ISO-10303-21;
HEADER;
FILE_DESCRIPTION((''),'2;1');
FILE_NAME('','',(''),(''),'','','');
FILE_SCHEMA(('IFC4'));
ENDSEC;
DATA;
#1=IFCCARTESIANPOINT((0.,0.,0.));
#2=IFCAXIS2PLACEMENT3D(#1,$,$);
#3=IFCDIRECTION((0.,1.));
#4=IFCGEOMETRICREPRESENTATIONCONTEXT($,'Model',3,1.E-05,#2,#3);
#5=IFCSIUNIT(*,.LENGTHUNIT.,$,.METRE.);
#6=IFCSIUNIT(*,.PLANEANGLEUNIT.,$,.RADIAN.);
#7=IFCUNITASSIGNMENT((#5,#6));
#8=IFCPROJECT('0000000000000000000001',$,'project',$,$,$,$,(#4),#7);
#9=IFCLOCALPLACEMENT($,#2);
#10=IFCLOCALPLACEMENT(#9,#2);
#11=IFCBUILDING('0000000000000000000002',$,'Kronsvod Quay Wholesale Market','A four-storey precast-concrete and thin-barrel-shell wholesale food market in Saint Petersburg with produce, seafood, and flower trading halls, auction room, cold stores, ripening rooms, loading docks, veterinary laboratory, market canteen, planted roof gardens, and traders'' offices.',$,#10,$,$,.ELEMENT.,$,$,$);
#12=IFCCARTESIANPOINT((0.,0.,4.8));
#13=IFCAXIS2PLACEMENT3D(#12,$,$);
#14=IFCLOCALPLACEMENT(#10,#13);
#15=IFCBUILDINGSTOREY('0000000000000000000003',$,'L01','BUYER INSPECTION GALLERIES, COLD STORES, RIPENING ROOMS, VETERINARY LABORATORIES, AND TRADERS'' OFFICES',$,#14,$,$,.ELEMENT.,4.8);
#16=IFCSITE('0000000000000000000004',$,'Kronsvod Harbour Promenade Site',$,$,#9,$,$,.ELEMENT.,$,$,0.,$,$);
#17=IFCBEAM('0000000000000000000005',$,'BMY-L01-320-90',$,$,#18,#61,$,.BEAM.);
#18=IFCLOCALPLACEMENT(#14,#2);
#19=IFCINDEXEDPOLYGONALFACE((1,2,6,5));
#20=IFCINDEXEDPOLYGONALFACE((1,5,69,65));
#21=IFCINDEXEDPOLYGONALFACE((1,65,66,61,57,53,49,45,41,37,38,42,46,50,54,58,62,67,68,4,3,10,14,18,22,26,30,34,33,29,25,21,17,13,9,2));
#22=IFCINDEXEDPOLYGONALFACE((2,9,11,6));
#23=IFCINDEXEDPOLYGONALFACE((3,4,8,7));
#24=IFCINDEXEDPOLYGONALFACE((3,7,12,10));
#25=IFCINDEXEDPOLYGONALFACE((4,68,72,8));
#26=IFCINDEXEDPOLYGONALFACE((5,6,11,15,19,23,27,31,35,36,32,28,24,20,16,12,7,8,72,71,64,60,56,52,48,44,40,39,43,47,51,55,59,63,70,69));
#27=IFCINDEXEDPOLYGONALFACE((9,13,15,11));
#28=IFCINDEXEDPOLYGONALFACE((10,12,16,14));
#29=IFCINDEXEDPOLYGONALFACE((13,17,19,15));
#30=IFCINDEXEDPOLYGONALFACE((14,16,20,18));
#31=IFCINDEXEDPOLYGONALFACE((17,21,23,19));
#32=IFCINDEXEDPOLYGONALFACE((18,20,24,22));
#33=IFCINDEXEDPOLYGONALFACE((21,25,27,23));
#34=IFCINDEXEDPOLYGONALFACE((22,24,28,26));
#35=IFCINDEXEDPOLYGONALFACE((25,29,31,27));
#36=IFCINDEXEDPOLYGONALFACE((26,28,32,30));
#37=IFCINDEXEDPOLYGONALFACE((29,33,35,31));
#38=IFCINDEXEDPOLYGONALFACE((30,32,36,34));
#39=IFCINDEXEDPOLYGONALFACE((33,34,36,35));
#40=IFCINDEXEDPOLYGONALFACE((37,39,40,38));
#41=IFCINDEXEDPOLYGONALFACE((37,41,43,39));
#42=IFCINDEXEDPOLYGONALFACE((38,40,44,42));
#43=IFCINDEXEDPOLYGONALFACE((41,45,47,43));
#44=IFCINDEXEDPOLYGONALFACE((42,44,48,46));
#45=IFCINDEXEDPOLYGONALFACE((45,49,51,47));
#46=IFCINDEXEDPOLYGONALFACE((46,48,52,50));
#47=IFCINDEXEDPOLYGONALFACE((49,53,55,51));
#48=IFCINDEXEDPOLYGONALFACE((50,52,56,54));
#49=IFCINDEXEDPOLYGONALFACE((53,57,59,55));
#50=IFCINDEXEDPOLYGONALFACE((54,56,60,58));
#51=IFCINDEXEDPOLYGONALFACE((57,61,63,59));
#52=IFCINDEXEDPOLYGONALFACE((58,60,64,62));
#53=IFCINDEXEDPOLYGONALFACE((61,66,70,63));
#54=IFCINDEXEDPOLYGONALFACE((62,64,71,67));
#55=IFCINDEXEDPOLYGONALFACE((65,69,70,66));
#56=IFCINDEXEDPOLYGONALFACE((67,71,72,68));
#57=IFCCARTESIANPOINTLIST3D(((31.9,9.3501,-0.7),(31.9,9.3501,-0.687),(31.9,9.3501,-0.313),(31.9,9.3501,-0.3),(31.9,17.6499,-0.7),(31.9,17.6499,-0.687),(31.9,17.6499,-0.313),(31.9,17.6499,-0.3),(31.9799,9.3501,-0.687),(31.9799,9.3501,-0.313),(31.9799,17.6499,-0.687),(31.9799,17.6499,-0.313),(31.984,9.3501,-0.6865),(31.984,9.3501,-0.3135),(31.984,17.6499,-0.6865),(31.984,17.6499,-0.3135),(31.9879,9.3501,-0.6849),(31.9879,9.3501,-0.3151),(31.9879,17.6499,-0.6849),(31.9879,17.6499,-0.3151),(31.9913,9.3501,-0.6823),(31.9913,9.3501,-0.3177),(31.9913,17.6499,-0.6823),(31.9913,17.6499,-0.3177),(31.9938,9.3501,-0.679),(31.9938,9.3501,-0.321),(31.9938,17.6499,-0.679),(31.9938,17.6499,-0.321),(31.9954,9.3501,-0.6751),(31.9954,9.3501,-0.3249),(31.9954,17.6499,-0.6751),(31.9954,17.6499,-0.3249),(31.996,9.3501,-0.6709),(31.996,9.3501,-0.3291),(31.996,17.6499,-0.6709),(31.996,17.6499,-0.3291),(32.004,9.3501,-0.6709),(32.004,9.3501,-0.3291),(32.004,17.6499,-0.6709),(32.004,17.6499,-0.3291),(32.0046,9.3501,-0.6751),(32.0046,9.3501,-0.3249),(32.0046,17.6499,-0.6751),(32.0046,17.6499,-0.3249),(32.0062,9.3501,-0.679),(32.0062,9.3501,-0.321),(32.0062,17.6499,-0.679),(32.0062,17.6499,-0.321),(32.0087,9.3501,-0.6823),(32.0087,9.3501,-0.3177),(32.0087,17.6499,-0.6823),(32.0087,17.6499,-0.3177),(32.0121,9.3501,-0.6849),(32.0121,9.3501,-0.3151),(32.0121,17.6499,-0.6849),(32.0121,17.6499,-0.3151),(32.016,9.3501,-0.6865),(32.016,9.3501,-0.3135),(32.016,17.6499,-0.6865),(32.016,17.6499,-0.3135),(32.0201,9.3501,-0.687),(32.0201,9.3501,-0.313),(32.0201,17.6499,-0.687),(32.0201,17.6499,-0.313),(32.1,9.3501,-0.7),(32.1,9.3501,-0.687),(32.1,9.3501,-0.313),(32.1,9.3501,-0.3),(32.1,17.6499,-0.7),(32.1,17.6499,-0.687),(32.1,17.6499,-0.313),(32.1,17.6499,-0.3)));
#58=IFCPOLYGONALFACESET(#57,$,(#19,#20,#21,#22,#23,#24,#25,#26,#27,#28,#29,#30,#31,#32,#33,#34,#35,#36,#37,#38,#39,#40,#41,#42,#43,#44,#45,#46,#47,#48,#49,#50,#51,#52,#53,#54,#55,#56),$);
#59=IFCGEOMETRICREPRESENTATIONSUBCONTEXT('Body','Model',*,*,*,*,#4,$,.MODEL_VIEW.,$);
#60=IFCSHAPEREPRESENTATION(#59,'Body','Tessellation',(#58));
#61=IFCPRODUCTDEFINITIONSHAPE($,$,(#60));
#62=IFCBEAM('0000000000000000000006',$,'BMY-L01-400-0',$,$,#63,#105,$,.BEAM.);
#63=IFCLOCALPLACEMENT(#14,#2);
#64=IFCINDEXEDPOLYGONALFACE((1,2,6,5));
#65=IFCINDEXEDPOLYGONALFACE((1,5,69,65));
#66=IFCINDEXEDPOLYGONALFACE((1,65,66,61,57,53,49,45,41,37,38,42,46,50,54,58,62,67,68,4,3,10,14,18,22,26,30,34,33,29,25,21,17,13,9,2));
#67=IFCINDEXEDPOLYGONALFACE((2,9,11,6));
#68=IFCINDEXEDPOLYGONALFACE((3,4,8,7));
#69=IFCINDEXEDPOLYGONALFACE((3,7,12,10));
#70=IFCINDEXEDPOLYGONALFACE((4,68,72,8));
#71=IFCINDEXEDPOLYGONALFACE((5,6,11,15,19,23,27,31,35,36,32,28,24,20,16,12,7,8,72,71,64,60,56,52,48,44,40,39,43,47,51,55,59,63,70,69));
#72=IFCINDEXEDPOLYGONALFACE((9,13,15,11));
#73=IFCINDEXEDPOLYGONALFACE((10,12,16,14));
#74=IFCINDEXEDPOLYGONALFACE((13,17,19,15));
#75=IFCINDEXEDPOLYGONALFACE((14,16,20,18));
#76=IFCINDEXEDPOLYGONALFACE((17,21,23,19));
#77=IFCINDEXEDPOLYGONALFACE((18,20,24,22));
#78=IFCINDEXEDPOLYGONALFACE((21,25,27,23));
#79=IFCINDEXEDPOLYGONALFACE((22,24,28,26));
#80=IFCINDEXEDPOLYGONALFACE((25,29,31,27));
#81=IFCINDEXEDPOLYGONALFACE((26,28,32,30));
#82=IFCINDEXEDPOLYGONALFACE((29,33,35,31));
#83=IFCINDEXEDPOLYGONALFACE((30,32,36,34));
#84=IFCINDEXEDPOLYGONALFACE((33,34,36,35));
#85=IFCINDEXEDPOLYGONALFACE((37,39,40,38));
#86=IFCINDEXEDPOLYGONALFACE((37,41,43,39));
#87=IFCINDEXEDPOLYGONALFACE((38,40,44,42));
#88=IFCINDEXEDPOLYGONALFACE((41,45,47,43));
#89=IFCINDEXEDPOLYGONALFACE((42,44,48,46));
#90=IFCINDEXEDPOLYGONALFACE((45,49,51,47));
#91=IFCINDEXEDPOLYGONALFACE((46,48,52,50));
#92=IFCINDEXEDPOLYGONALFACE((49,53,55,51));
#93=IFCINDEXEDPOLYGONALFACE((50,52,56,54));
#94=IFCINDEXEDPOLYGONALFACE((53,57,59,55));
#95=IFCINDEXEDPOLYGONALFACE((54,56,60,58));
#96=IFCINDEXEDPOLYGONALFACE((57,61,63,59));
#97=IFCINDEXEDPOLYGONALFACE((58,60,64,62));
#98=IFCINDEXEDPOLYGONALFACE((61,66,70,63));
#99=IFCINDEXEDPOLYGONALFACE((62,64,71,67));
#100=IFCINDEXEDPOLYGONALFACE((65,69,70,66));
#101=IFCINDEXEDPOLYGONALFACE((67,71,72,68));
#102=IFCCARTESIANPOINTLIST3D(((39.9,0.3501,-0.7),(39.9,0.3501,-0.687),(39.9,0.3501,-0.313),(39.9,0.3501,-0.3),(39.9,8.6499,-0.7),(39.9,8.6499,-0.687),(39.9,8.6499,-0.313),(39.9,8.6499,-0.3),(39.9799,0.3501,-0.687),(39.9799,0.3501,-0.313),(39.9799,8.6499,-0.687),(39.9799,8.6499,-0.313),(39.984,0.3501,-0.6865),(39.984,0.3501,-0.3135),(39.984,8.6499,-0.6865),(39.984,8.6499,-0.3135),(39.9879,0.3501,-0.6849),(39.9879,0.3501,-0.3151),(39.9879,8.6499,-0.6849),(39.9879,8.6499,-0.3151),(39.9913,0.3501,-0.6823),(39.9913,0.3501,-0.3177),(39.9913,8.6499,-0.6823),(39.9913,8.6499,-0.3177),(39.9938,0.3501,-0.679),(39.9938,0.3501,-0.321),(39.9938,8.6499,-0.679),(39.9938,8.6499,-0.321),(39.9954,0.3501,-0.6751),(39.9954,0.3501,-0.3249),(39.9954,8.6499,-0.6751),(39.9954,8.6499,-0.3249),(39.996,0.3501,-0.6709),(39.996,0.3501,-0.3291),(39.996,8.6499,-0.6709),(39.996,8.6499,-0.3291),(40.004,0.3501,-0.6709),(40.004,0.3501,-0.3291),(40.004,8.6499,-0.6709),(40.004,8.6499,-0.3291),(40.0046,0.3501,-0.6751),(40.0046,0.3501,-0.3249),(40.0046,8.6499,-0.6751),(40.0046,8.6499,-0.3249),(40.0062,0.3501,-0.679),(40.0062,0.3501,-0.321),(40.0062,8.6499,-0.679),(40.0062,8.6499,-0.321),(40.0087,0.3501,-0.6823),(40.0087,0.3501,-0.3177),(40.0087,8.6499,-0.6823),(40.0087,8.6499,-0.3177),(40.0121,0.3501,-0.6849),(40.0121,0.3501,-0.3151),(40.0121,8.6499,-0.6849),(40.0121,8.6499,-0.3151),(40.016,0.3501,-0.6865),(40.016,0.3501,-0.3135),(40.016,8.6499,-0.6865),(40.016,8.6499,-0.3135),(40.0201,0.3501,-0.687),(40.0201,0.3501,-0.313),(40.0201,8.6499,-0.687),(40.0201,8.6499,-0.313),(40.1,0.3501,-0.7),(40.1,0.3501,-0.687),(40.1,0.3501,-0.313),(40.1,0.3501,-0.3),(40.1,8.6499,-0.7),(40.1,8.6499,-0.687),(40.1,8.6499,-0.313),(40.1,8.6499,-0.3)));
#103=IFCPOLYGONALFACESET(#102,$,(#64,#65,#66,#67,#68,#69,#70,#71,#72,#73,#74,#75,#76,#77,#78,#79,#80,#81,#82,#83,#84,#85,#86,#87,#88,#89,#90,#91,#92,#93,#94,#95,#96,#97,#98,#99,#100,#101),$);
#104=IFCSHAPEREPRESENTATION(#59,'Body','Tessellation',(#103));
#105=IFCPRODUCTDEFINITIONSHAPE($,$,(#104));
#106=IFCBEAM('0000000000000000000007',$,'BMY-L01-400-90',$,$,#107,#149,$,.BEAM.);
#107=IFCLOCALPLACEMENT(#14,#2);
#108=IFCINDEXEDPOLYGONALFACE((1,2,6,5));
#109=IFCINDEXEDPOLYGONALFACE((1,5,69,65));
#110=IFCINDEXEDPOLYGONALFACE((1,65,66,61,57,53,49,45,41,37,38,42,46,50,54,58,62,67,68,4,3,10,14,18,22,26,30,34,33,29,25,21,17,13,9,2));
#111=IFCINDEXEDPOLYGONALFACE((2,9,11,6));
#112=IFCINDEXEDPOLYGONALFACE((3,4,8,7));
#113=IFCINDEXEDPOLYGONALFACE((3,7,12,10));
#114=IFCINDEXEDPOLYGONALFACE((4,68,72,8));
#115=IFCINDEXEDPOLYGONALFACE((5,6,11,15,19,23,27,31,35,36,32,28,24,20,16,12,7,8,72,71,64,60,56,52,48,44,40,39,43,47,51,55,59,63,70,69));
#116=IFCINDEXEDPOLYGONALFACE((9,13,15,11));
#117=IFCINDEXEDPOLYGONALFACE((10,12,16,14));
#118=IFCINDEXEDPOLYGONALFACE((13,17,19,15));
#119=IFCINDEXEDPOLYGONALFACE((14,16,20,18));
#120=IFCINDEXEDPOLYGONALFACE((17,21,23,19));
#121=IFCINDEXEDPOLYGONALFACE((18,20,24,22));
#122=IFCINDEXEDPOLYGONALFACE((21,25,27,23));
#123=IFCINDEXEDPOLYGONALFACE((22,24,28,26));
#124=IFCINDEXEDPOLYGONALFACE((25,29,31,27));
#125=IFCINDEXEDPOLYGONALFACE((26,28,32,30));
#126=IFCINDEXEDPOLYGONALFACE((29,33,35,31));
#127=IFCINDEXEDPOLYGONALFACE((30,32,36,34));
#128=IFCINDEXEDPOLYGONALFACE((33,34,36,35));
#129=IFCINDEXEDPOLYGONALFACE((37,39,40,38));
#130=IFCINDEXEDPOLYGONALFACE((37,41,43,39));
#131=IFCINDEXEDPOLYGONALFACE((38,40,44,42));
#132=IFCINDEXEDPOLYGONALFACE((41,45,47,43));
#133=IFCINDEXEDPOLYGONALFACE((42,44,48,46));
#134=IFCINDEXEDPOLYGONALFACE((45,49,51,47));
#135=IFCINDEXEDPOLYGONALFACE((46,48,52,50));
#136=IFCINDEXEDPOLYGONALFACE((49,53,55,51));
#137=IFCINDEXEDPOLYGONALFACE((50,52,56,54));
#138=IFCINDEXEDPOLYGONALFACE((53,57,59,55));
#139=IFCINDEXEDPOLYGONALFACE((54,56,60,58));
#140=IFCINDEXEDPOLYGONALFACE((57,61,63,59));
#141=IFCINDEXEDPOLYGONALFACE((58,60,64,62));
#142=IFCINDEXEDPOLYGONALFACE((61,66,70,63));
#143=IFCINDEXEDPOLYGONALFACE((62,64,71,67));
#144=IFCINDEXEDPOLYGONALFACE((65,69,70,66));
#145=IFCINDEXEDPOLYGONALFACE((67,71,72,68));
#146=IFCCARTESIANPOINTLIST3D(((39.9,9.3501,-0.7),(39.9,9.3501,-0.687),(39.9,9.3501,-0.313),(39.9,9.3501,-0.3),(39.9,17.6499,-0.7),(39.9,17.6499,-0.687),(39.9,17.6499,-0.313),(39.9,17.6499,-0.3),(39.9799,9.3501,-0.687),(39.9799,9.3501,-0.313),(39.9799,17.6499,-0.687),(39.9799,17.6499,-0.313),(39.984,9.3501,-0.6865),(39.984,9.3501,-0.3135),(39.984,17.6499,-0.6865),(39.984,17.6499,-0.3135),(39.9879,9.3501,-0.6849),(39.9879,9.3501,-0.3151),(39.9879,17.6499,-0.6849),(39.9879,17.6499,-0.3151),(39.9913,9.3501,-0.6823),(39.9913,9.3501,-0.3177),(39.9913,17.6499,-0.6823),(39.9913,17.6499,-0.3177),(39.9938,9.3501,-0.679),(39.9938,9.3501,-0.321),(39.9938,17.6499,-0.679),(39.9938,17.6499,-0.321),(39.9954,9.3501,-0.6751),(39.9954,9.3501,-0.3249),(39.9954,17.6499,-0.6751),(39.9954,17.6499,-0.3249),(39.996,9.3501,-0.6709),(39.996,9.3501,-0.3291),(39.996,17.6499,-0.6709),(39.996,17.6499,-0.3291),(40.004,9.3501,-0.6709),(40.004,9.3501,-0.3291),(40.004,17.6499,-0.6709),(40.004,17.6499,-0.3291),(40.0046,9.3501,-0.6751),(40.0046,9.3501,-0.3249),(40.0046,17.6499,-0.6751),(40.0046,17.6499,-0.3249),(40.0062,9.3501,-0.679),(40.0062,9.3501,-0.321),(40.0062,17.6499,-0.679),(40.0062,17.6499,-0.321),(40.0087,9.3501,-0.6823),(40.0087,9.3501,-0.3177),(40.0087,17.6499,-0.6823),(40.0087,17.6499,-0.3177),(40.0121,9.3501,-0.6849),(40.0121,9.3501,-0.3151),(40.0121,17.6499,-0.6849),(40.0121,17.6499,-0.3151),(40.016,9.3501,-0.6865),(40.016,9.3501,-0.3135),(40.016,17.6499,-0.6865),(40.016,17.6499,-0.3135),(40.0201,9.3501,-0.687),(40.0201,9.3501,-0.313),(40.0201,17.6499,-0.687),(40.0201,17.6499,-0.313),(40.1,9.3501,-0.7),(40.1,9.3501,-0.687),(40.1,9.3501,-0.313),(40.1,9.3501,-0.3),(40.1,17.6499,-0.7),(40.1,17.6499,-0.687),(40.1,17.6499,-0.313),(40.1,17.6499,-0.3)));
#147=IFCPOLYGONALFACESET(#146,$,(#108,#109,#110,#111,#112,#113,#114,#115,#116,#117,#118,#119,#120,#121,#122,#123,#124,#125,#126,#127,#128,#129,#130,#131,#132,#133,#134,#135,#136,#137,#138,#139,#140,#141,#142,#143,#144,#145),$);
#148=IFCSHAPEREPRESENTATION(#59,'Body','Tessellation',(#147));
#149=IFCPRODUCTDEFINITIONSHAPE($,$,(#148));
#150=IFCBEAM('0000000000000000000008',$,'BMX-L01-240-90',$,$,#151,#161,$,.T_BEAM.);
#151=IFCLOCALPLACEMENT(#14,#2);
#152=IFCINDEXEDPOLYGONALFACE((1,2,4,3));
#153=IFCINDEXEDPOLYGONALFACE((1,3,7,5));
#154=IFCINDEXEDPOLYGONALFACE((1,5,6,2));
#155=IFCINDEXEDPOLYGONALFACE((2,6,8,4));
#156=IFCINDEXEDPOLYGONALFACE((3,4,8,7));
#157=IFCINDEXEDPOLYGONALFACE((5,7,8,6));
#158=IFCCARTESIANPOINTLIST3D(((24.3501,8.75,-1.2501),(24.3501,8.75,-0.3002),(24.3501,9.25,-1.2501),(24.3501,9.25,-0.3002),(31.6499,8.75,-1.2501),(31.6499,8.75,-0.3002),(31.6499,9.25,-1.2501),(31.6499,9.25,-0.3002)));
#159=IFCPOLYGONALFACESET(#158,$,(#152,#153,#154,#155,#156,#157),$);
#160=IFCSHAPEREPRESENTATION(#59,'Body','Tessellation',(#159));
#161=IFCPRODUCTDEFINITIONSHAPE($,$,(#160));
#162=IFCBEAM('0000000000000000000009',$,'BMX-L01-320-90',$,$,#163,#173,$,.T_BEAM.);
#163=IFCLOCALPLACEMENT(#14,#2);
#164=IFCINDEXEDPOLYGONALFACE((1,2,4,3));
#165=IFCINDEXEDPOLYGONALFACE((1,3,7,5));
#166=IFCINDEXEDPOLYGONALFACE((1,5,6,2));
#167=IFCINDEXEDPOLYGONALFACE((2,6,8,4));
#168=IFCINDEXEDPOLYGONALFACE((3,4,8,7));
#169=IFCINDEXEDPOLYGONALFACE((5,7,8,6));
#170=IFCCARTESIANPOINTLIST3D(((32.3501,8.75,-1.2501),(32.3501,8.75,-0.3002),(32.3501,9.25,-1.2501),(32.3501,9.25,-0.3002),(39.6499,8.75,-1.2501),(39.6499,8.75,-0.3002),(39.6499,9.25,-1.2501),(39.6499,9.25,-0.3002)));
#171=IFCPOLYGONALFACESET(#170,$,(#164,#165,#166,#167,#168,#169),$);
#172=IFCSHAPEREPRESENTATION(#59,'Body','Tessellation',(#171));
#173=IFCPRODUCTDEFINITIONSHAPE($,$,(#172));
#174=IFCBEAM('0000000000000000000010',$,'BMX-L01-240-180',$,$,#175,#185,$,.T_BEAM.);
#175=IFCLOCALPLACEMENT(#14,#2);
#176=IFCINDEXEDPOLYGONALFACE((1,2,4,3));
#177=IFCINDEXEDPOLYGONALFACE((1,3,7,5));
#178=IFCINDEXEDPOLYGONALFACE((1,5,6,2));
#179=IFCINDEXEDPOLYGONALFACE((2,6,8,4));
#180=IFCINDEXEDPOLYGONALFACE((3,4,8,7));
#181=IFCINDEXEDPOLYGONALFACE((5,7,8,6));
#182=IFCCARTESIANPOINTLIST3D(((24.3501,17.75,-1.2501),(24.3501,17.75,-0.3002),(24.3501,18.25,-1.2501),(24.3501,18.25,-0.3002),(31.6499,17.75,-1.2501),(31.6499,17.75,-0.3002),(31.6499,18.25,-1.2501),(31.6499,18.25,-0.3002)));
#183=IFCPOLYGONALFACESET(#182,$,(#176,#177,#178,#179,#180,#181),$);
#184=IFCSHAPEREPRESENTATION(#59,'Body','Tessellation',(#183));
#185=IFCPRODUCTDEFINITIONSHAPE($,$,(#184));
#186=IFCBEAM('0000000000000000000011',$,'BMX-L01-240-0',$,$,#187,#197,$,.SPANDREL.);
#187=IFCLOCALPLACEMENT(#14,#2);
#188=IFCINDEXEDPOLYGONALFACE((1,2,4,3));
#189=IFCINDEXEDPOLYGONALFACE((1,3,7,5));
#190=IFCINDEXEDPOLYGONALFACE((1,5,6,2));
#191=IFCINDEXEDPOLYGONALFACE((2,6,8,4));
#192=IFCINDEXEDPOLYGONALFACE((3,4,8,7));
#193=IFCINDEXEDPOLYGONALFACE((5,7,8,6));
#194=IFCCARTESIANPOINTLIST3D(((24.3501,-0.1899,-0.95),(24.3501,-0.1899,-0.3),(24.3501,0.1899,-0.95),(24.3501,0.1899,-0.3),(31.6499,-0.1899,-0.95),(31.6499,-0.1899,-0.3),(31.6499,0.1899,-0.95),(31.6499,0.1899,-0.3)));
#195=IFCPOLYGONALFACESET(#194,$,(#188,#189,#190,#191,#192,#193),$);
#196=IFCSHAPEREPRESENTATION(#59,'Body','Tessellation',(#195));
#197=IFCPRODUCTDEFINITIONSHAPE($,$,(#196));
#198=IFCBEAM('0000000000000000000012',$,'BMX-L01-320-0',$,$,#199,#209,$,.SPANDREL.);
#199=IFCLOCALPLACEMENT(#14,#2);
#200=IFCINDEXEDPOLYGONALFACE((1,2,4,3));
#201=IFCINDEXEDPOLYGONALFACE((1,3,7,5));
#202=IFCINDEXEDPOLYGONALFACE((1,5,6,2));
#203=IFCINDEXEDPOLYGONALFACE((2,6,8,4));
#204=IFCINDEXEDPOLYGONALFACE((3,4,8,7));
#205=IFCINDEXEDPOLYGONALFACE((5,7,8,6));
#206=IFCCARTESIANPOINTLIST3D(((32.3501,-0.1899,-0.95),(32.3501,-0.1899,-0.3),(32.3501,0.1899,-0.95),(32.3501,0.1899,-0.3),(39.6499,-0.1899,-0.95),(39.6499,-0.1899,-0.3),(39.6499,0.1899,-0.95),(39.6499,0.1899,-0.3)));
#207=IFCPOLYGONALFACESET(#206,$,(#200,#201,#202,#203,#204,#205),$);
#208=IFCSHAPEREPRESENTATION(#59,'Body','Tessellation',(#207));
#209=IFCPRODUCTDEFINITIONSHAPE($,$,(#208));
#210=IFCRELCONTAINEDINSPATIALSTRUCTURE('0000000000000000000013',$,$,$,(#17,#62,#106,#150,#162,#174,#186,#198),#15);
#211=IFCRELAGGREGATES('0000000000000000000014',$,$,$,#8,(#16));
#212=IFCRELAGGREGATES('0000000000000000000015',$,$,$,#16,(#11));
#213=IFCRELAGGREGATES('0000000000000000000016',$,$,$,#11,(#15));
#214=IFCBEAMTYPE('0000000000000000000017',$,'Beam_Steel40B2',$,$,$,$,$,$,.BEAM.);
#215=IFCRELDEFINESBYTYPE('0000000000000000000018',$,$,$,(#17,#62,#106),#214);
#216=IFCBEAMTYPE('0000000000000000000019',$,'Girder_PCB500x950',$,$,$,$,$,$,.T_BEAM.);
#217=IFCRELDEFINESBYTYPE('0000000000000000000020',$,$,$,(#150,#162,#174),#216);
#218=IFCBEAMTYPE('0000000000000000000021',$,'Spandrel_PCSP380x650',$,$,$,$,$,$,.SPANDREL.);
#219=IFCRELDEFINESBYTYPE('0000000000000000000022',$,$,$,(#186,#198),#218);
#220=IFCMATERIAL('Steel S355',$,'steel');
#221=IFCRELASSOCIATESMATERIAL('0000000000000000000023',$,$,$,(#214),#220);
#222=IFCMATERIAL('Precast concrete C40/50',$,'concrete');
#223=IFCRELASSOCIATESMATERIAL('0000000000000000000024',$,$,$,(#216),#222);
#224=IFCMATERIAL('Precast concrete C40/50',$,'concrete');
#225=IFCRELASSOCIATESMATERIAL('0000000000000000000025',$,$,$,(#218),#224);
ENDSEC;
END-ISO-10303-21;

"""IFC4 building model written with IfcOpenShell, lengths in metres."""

from ifc_helpers import new_model, si_unit, direction, frame, origin, origin_2d, place, context, subcontext, project, spatial, rectangle, i_section, extrude, material, material_profile, profile_set, type_object, element, save


model = new_model("IFC4")

# Units and contexts
model_context = context("Model", 3, precision=1e-05, world=origin(), true_north=direction((0.0, 1.0)))
body_context = subcontext(model_context, "Body", "Model", "MODEL_VIEW")
ifc_project = project(units=[si_unit("LENGTHUNIT", "METRE"), si_unit("PLANEANGLEUNIT", "RADIAN")], contexts=[model_context])

# Site, building, storey
site_placement = place(None, origin())
site = spatial("IfcSite", under=ifc_project, at=site_placement, Name="Kronsvod Harbour Promenade Site", CompositionType="ELEMENT", RefElevation=0.0)
building_placement = place(site_placement, origin())
building = spatial("IfcBuilding", under=site, at=building_placement, Name="Kronsvod Quay Wholesale Market", Description="A four-storey precast-concrete and thin-barrel-shell wholesale food market in Saint Petersburg with produce, seafood, and flower trading halls, auction room, cold stores, ripening rooms, loading docks, veterinary laboratory, market canteen, planted roof gardens, and traders' offices.", CompositionType="ELEMENT")
storey_placement = place(building_placement, frame((0.0, 0.0, 4.8)))
storey = spatial("IfcBuildingStorey", under=building, at=storey_placement, Name="L01", Description="BUYER INSPECTION GALLERIES, COLD STORES, RIPENING ROOMS, VETERINARY LABORATORIES, AND TRADERS' OFFICES", CompositionType="ELEMENT", Elevation=4.8)

# Beams
ifc_material_1 = material(Name="Steel S355", Category="steel")
ifc_material_profile_1 = material_profile(ifc_material_1, i_section(OverallWidth=0.2, OverallDepth=0.3999, WebThickness=0.0081, FlangeThickness=0.0129, FilletRadius=0.0161, at=origin_2d()), Name="40B2")
ifc_profile_set_1 = profile_set([ifc_material_profile_1], Name="Steel S355")
beam_type_1 = type_object("IfcBeamType", Name="Beam_Steel40B2", PredefinedType="BEAM", material=ifc_profile_set_1)
for number, where, z_axis, x_axis, name in (
    (1, (32.0, 9.3501, -0.5), (0.0, 1.0, 0.0), (-1.0, 0.0, 0.0), "BMY-L01-320-90"),
    (2, (40.0, 0.3501, -0.5), (0.0, 1.0, 0.0), (-1.0, 0.0, 0.0), "BMY-L01-400-0"),
    (3, (40.0, 9.3501, -0.5), (0.0, 1.0, 0.0), (-1.0, 0.0, 0.0), "BMY-L01-400-90"),
):
    element("IfcBeam", number, at=place(storey_placement, frame(where, z_axis=z_axis, x_axis=x_axis)), inside=storey, type_object=beam_type_1, Name=name, PredefinedType="BEAM", context=body_context, shape_type="SweptSolid", body=[
        extrude(i_section(OverallWidth=0.2, OverallDepth=0.3999, WebThickness=0.0081, FlangeThickness=0.0129, FilletRadius=0.0161, at=origin_2d()), origin(), (0.0, 0.0, 1.0), 8.2998),
    ])
ifc_material_2 = material(Name="Precast concrete C40/50", Category="concrete")
ifc_material_profile_2 = material_profile(ifc_material_2, rectangle(XDim=0.5, YDim=0.95, at=origin_2d()), Name="PCB500x950")
ifc_profile_set_2 = profile_set([ifc_material_profile_2], Name="Precast concrete C40/50")
beam_type_2 = type_object("IfcBeamType", Name="Girder_PCB500x950", PredefinedType="T_BEAM", material=ifc_profile_set_2)
for number, where, z_axis, x_axis, name in (
    (4, (24.3501, 9.0, -0.7751), (1.0, 0.0, 0.0), (0.0, 1.0, 0.0), "BMX-L01-240-90"),
    (5, (32.3501, 9.0, -0.7751), (1.0, 0.0, 0.0), (0.0, 1.0, 0.0), "BMX-L01-320-90"),
    (6, (24.3501, 18.0, -0.7751), (1.0, 0.0, 0.0), (0.0, 1.0, 0.0), "BMX-L01-240-180"),
):
    element("IfcBeam", number, at=place(storey_placement, frame(where, z_axis=z_axis, x_axis=x_axis)), inside=storey, type_object=beam_type_2, Name=name, PredefinedType="T_BEAM", context=body_context, shape_type="SweptSolid", body=[
        extrude(rectangle(XDim=0.5, YDim=0.95, at=origin_2d()), origin(), (0.0, 0.0, 1.0), 7.2998),
    ])
ifc_material_3 = material(Name="Precast concrete C40/50", Category="concrete")
ifc_material_profile_3 = material_profile(ifc_material_3, rectangle(XDim=0.3799, YDim=0.6499, at=origin_2d()), Name="SPB-03")
ifc_profile_set_3 = profile_set([ifc_material_profile_3], Name="Precast concrete C40/50")
beam_type_3 = type_object("IfcBeamType", Name="Spandrel_PCSP380x650", PredefinedType="SPANDREL", material=ifc_profile_set_3)
for number, where, z_axis, x_axis, name in (
    (7, (24.3501, 0.0, -0.625), (1.0, 0.0, 0.0), (0.0, 1.0, 0.0), "BMX-L01-240-0"),
    (8, (32.3501, 0.0, -0.625), (1.0, 0.0, 0.0), (0.0, 1.0, 0.0), "BMX-L01-320-0"),
):
    element("IfcBeam", number, at=place(storey_placement, frame(where, z_axis=z_axis, x_axis=x_axis)), inside=storey, type_object=beam_type_3, Name=name, PredefinedType="SPANDREL", context=body_context, shape_type="SweptSolid", body=[
        extrude(rectangle(XDim=0.3799, YDim=0.6499, at=origin_2d()), origin(), (0.0, 0.0, 1.0), 7.2998),
    ])

save(model, "model.ifc")
